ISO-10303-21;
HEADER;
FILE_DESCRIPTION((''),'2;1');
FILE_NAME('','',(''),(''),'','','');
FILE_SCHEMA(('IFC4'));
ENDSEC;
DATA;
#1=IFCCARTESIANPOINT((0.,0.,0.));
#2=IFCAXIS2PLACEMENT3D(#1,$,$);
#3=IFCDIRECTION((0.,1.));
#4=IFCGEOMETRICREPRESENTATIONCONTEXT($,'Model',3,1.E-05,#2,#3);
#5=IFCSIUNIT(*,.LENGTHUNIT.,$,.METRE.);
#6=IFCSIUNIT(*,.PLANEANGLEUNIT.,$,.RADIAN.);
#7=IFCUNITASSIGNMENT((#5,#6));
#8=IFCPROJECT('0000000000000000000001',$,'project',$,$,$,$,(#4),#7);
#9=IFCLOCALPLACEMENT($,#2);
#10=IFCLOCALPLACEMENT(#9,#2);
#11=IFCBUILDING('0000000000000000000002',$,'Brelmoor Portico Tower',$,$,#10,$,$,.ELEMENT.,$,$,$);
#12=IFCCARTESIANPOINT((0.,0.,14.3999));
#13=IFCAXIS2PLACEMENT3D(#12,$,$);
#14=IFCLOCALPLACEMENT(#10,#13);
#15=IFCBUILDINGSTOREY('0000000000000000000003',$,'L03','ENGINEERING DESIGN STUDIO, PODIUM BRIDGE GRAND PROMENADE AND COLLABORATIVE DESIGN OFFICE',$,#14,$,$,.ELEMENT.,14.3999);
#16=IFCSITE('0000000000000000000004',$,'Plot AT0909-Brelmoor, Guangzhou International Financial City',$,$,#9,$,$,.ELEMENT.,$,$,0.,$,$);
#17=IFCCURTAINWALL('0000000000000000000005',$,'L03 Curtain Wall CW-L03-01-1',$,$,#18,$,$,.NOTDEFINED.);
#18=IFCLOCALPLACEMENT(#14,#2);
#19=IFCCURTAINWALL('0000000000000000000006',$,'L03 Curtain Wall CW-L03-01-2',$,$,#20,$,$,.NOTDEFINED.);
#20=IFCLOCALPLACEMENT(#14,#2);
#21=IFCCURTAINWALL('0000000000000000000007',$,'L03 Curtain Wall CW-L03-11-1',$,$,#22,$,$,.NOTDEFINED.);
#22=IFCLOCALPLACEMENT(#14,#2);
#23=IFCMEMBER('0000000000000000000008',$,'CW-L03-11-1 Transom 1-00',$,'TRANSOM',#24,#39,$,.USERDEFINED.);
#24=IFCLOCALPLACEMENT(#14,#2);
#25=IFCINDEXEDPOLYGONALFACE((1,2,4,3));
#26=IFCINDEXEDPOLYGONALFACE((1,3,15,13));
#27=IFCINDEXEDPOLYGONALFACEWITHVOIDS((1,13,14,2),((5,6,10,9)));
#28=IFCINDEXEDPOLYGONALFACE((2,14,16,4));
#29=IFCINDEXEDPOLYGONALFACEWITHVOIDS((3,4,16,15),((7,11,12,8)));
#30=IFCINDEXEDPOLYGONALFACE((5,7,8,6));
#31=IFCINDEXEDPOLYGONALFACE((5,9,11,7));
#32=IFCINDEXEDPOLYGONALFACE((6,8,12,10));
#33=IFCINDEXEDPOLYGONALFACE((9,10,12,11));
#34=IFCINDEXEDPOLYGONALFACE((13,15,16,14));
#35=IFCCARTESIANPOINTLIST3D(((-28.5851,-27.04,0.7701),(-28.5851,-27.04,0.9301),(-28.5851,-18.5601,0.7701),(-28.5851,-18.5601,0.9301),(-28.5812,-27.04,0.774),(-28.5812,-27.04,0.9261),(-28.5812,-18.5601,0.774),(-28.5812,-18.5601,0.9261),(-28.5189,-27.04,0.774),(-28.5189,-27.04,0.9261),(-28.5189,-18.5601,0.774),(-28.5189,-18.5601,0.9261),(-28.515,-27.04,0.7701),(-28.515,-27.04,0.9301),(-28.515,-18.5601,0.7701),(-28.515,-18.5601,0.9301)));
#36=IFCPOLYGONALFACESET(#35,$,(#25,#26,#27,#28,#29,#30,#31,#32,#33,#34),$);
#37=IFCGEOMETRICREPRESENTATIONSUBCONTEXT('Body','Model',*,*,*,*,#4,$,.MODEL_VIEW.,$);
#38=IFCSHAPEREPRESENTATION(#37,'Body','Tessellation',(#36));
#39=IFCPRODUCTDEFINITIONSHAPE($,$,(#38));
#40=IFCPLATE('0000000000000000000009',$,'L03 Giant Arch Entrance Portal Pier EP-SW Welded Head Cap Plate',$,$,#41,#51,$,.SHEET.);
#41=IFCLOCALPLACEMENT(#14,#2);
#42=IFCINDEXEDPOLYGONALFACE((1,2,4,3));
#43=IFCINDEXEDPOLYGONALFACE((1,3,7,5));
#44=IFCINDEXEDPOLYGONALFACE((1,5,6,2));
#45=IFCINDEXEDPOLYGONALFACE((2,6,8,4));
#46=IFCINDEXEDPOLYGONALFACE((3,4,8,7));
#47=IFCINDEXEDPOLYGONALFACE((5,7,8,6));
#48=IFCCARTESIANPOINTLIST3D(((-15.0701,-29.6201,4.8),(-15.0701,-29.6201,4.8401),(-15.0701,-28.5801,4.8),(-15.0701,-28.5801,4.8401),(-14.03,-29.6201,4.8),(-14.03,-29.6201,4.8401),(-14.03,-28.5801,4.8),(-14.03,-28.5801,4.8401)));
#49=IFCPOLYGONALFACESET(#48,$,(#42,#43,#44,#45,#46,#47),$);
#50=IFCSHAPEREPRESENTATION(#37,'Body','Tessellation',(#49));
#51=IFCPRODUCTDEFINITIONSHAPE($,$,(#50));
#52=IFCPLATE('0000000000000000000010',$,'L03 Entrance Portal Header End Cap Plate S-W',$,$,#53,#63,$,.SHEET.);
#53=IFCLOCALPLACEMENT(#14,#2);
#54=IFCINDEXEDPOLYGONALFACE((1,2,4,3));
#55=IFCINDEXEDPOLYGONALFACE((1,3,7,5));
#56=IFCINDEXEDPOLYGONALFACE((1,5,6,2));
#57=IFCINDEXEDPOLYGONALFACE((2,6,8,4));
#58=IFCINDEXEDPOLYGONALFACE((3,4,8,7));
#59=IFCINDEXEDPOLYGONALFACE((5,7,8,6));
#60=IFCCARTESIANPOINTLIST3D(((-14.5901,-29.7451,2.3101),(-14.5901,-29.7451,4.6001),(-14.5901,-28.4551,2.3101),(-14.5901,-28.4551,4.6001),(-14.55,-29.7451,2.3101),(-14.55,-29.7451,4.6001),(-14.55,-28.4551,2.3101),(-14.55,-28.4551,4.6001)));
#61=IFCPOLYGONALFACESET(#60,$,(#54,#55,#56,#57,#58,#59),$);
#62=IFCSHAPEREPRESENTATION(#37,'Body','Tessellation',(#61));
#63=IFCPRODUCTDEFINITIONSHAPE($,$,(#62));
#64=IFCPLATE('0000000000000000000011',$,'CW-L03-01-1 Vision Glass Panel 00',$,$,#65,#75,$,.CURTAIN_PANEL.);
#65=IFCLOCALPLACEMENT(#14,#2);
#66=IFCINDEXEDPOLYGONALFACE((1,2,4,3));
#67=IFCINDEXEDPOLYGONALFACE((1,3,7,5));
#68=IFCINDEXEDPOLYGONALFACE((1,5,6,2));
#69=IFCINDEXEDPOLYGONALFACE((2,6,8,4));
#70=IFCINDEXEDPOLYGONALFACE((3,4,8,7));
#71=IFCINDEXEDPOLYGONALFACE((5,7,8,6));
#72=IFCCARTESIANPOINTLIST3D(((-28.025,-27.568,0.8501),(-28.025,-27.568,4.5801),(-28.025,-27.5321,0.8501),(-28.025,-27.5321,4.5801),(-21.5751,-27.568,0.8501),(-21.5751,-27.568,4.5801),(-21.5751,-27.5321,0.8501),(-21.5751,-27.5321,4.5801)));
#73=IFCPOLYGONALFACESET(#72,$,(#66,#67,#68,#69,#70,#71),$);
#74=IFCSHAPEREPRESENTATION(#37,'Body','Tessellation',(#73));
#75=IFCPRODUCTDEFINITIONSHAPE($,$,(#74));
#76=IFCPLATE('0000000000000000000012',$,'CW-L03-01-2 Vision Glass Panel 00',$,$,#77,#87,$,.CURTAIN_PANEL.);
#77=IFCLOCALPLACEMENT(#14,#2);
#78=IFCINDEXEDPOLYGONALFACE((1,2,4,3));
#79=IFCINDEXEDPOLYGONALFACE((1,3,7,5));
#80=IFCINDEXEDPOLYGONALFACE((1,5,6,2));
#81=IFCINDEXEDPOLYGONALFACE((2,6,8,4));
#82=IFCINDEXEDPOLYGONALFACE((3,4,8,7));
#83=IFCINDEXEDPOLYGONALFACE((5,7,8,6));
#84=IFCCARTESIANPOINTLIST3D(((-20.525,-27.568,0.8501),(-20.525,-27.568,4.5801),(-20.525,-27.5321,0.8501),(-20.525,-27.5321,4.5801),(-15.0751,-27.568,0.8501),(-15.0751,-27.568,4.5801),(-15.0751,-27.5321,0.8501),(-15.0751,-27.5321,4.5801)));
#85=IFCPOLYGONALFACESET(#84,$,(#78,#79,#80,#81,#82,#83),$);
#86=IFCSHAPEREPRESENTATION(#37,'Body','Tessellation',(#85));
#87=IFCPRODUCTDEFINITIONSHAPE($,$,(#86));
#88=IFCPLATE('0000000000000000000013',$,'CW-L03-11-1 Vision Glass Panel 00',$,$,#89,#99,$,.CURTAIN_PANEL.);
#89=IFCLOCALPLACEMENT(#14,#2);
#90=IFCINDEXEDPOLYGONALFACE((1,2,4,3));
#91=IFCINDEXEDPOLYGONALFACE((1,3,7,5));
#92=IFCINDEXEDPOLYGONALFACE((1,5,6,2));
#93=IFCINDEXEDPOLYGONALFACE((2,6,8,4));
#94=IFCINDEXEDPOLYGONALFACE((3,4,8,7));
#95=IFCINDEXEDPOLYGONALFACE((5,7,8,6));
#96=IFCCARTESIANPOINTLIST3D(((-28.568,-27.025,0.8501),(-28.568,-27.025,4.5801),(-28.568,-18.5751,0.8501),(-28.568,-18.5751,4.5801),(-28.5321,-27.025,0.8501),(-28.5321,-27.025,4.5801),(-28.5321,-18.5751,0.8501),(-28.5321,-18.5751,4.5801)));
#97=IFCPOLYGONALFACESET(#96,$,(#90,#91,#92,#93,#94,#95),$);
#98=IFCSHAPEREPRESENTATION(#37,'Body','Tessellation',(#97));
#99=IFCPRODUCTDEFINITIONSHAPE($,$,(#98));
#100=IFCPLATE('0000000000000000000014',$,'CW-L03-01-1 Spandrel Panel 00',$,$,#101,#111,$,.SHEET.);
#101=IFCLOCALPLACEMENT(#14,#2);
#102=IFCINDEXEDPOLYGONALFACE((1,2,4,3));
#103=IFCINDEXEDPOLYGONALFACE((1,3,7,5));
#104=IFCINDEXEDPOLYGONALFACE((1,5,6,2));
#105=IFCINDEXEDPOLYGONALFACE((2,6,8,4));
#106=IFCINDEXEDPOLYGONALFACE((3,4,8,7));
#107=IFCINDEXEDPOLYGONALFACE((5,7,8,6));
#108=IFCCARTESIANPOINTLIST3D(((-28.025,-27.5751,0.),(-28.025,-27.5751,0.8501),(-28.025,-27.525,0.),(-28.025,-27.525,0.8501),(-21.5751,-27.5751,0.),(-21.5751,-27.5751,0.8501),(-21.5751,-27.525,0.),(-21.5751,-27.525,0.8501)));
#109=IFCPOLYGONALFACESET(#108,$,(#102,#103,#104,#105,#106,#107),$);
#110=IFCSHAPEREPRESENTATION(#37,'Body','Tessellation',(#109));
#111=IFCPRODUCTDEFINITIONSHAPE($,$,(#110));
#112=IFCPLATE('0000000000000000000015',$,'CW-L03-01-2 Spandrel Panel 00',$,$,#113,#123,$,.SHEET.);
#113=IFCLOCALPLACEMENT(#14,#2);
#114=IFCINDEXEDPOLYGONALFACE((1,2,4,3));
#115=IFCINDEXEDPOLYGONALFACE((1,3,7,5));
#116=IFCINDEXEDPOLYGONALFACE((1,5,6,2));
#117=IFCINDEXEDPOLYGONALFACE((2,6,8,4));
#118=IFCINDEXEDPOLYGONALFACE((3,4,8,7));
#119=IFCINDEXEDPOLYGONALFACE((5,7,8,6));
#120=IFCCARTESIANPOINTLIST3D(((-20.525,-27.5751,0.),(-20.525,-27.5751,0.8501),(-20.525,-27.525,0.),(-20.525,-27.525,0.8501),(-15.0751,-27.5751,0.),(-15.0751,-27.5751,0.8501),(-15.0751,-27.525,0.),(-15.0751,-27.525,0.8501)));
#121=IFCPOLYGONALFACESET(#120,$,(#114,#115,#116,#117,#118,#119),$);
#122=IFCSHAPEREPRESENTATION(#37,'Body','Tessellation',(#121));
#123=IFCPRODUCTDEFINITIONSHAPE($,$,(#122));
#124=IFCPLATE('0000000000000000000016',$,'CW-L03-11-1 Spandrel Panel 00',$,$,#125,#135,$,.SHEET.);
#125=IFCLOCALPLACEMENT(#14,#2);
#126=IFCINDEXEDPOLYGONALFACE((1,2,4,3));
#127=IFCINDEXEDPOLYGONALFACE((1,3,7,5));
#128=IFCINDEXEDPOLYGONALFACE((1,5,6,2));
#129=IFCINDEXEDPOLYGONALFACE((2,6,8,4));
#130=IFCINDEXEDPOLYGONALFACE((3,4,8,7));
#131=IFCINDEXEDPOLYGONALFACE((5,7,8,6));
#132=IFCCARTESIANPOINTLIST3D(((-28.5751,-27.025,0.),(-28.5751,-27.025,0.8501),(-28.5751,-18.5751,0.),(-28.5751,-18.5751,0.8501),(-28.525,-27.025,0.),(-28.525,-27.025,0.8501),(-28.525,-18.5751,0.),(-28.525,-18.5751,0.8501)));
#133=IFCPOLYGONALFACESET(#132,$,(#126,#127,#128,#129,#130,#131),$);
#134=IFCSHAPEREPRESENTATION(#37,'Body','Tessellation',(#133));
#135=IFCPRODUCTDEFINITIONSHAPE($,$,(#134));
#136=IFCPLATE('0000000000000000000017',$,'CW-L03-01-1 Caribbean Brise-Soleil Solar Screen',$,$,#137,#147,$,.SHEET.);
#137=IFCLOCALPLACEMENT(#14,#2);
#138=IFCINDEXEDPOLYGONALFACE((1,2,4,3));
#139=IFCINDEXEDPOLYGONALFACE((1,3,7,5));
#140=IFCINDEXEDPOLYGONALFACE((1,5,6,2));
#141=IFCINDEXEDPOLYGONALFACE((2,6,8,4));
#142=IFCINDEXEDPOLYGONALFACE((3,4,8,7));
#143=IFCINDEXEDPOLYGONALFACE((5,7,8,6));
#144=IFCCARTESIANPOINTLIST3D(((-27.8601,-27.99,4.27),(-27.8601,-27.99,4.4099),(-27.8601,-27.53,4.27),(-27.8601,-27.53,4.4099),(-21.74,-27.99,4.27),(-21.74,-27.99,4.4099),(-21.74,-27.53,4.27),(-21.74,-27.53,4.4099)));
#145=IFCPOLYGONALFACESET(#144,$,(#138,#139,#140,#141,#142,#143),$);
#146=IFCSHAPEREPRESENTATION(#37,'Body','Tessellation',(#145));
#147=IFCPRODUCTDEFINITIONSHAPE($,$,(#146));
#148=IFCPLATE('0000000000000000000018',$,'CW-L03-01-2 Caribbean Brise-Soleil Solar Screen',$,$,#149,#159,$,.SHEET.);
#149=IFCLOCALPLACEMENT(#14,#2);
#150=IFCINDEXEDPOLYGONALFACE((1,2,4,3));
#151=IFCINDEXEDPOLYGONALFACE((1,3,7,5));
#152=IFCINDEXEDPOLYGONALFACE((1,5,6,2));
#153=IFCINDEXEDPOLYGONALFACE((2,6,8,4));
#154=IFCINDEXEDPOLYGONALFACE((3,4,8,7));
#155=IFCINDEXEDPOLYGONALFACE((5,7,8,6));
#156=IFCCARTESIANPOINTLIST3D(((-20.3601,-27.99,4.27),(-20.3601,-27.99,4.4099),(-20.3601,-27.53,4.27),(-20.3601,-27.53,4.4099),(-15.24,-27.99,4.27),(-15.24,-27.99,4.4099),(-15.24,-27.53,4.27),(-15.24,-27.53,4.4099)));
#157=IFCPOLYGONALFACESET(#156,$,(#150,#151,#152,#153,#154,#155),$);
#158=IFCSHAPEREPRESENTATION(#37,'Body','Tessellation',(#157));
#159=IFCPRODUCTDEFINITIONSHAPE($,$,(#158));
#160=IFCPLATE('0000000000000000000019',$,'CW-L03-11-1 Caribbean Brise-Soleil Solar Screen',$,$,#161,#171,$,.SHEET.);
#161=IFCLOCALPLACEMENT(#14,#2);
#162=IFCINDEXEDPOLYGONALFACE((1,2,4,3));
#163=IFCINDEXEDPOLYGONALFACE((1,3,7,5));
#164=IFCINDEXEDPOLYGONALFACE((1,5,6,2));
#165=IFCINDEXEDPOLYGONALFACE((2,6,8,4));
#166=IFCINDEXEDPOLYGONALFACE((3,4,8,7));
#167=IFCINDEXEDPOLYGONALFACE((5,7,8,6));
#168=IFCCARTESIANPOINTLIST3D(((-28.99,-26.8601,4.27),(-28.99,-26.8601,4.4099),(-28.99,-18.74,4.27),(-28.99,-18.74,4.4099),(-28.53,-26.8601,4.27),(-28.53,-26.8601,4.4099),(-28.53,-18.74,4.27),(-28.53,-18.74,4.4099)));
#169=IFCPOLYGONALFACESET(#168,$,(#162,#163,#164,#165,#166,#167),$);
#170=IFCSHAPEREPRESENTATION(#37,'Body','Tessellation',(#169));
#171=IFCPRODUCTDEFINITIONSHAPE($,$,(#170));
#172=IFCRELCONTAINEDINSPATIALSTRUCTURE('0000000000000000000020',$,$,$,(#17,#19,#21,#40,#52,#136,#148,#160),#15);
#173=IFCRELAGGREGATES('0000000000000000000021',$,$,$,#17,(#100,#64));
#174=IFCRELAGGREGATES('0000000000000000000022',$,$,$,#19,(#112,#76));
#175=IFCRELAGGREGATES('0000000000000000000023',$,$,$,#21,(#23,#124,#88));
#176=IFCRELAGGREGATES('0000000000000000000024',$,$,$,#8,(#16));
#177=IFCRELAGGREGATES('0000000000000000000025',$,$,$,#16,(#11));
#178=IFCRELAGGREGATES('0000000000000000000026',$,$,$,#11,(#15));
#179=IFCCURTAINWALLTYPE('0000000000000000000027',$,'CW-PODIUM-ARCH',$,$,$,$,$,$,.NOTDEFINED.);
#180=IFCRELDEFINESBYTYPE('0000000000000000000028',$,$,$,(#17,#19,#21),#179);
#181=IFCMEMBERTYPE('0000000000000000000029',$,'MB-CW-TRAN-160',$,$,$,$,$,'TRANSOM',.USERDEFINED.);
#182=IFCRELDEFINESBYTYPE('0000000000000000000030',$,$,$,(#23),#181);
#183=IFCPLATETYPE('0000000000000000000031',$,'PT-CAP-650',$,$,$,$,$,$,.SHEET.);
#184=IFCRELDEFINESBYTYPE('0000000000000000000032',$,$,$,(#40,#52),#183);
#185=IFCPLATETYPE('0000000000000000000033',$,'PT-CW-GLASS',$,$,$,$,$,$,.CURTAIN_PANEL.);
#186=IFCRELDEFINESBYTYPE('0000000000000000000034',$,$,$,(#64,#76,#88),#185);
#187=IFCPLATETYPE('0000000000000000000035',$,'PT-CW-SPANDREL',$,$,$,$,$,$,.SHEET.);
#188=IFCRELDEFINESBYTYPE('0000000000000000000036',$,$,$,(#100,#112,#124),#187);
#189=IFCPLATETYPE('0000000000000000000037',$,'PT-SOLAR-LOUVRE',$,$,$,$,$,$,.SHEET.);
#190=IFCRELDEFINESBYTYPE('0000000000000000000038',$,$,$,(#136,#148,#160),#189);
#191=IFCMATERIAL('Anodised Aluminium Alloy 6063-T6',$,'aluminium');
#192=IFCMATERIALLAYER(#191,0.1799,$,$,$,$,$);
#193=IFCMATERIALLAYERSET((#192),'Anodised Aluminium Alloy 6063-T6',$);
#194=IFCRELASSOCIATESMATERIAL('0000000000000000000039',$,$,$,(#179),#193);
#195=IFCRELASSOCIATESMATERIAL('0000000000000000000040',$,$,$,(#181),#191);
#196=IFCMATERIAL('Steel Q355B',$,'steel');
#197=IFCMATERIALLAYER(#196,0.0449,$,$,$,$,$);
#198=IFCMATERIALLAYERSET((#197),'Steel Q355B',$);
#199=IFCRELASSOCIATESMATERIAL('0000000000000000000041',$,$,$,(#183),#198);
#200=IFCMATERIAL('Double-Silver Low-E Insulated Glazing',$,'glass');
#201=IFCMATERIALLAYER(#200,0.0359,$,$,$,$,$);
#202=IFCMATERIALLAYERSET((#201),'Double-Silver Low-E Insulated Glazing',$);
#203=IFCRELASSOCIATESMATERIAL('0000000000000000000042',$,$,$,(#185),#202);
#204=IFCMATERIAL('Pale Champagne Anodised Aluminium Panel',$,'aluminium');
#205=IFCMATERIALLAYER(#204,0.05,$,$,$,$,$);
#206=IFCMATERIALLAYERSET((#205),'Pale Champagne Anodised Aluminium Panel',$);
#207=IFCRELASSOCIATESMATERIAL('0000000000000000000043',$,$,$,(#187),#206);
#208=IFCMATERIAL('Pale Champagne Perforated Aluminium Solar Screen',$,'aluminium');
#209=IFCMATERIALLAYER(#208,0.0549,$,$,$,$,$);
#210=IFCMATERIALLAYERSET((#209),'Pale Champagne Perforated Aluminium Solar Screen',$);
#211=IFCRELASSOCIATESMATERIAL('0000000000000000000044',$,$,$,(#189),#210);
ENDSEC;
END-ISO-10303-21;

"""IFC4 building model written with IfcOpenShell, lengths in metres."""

from ifc_helpers import new_model, si_unit, direction, frame, origin, origin_2d, place, context, subcontext, project, spatial, rectangle, hollow_rectangle, extrude, material, layer, layer_set, material_profile, profile_set, type_object, element, aggregate, save


model = new_model("IFC4")

# Units and contexts
model_context = context("Model", 3, precision=1e-05, world=origin(), true_north=direction((0.0, 1.0)))
body_context = subcontext(model_context, "Body", "Model", "MODEL_VIEW")
ifc_project = project(units=[si_unit("LENGTHUNIT", "METRE"), si_unit("PLANEANGLEUNIT", "RADIAN")], contexts=[model_context])

# Site, building, storey
site_placement = place(None, origin())
site = spatial("IfcSite", under=ifc_project, at=site_placement, Name="Plot AT0909-Brelmoor, Guangzhou International Financial City", CompositionType="ELEMENT", RefElevation=0.0)
building_placement = place(site_placement, origin())
building = spatial("IfcBuilding", under=site, at=building_placement, Name="Brelmoor Portico Tower", CompositionType="ELEMENT")
storey_placement = place(building_placement, frame((0.0, 0.0, 14.3999)))
storey = spatial("IfcBuildingStorey", under=building, at=storey_placement, Name="L03", Description="ENGINEERING DESIGN STUDIO, PODIUM BRIDGE GRAND PROMENADE AND COLLABORATIVE DESIGN OFFICE", CompositionType="ELEMENT", Elevation=14.3999)

# Shared definitions
ifc_material_1 = material(Name="Steel Q355B", Category="steel")

# Curtain walls
ifc_material_2 = material(Name="Anodised Aluminium Alloy 6063-T6", Category="aluminium")
ifc_layer_1 = layer(ifc_material_2, 0.1799)
ifc_layer_set_1 = layer_set([ifc_layer_1], Name="Anodised Aluminium Alloy 6063-T6")
curtain_wall_type = type_object("IfcCurtainWallType", Name="CW-PODIUM-ARCH", PredefinedType="NOTDEFINED", material=ifc_layer_set_1)
curtain_wall_1_placement = place(storey_placement, origin())
curtain_wall_1 = element("IfcCurtainWall", 1, at=curtain_wall_1_placement, inside=storey, type_object=curtain_wall_type, Name="L03 Curtain Wall CW-L03-01-1", PredefinedType="NOTDEFINED")
curtain_wall_2_placement = place(storey_placement, origin())
curtain_wall_2 = element("IfcCurtainWall", 2, at=curtain_wall_2_placement, inside=storey, type_object=curtain_wall_type, Name="L03 Curtain Wall CW-L03-01-2", PredefinedType="NOTDEFINED")
curtain_wall_3_placement = place(storey_placement, origin())
curtain_wall_3 = element("IfcCurtainWall", 3, at=curtain_wall_3_placement, inside=storey, type_object=curtain_wall_type, Name="L03 Curtain Wall CW-L03-11-1", PredefinedType="NOTDEFINED")

# Member
ifc_material_profile_1 = material_profile(ifc_material_2, hollow_rectangle(XDim=0.0701, YDim=0.1599, WallThickness=0.0039, at=origin_2d()), Name="ALU TRANSOM 70x160")
ifc_profile_set_1 = profile_set([ifc_material_profile_1], Name="Anodised Aluminium Alloy 6063-T6")
member_type_1 = type_object("IfcMemberType", Name="MB-CW-TRAN-160", ElementType="TRANSOM", PredefinedType="USERDEFINED", material=ifc_profile_set_1)
member_1_placement = place(storey_placement, frame((-28.55, -27.04, 0.8501), z_axis=(0.0, 1.0, 0.0), x_axis=(-1.0, 0.0, 0.0)))
member_1 = element("IfcMember", 4, at=member_1_placement, type_object=member_type_1, Name="CW-L03-11-1 Transom 1-00", ObjectType="TRANSOM", PredefinedType="USERDEFINED", context=body_context, shape_type="SweptSolid", body=[
    extrude(hollow_rectangle(XDim=0.0701, YDim=0.1599, WallThickness=0.0039, at=origin_2d()), origin(), (0.0, 0.0, 1.0), 8.48),
])

# Plates
ifc_layer_2 = layer(ifc_material_1, 0.0449)
ifc_layer_set_2 = layer_set([ifc_layer_2], Name="Steel Q355B")
plate_type_1 = type_object("IfcPlateType", Name="PT-CAP-650", PredefinedType="SHEET", material=ifc_layer_set_2)
plate_1_placement = place(storey_placement, frame((-14.55, -29.1001, 4.8), z_axis=(0.0, 0.0, 1.0), x_axis=(1.0, 0.0, 0.0)))
element("IfcPlate", 5, at=plate_1_placement, inside=storey, type_object=plate_type_1, Name="L03 Giant Arch Entrance Portal Pier EP-SW Welded Head Cap Plate", PredefinedType="SHEET", context=body_context, shape_type="SweptSolid", body=[
    extrude(rectangle(XDim=1.04, YDim=1.04, at=origin_2d()), origin(), (0.0, 0.0, 1.0), 0.04),
])
plate_2_placement = place(storey_placement, frame((-14.5701, -29.1001, 2.3101), z_axis=(0.0, 0.0, 1.0), x_axis=(1.0, 0.0, 0.0)))
element("IfcPlate", 6, at=plate_2_placement, inside=storey, type_object=plate_type_1, Name="L03 Entrance Portal Header End Cap Plate S-W", PredefinedType="SHEET", context=body_context, shape_type="SweptSolid", body=[
    extrude(rectangle(XDim=0.04, YDim=1.29, at=origin_2d()), origin(), (0.0, 0.0, 1.0), 2.29),
])

# Plates
ifc_material_3 = material(Name="Double-Silver Low-E Insulated Glazing", Category="glass")
ifc_layer_3 = layer(ifc_material_3, 0.0359)
ifc_layer_set_3 = layer_set([ifc_layer_3], Name="Double-Silver Low-E Insulated Glazing")
plate_type_2 = type_object("IfcPlateType", Name="PT-CW-GLASS", PredefinedType="CURTAIN_PANEL", material=ifc_layer_set_3)
plate_3_placement = place(storey_placement, frame((-24.8, -27.55, 0.8501), z_axis=(0.0, 0.0, 1.0), x_axis=(1.0, 0.0, 0.0)))
plate_3 = element("IfcPlate", 7, at=plate_3_placement, type_object=plate_type_2, Name="CW-L03-01-1 Vision Glass Panel 00", PredefinedType="CURTAIN_PANEL", context=body_context, shape_type="SweptSolid", body=[
    extrude(rectangle(XDim=6.45, YDim=0.0359, at=origin_2d()), origin(), (0.0, 0.0, 1.0), 3.73),
])
plate_4_placement = place(storey_placement, frame((-17.8, -27.55, 0.8501), z_axis=(0.0, 0.0, 1.0), x_axis=(1.0, 0.0, 0.0)))
plate_4 = element("IfcPlate", 8, at=plate_4_placement, type_object=plate_type_2, Name="CW-L03-01-2 Vision Glass Panel 00", PredefinedType="CURTAIN_PANEL", context=body_context, shape_type="SweptSolid", body=[
    extrude(rectangle(XDim=5.45, YDim=0.0359, at=origin_2d()), origin(), (0.0, 0.0, 1.0), 3.73),
])
plate_5_placement = place(storey_placement, frame((-28.55, -22.8, 0.8501), z_axis=(0.0, 0.0, 1.0), x_axis=(0.0, 1.0, 0.0)))
plate_5 = element("IfcPlate", 9, at=plate_5_placement, type_object=plate_type_2, Name="CW-L03-11-1 Vision Glass Panel 00", PredefinedType="CURTAIN_PANEL", context=body_context, shape_type="SweptSolid", body=[
    extrude(rectangle(XDim=8.45, YDim=0.0359, at=origin_2d()), origin(), (0.0, 0.0, 1.0), 3.73),
])
ifc_material_4 = material(Name="Pale Champagne Anodised Aluminium Panel", Category="aluminium")
ifc_layer_4 = layer(ifc_material_4, 0.05)
ifc_layer_set_4 = layer_set([ifc_layer_4], Name="Pale Champagne Anodised Aluminium Panel")
plate_type_3 = type_object("IfcPlateType", Name="PT-CW-SPANDREL", PredefinedType="SHEET", material=ifc_layer_set_4)
plate_6_placement = place(storey_placement, frame((-24.8, -27.55, 0.0), z_axis=(0.0, 0.0, 1.0), x_axis=(1.0, 0.0, 0.0)))
plate_6 = element("IfcPlate", 10, at=plate_6_placement, type_object=plate_type_3, Name="CW-L03-01-1 Spandrel Panel 00", PredefinedType="SHEET", context=body_context, shape_type="SweptSolid", body=[
    extrude(rectangle(XDim=6.45, YDim=0.05, at=origin_2d()), origin(), (0.0, 0.0, 1.0), 0.8501),
])
aggregate(curtain_wall_1, [plate_6, plate_3])
plate_7_placement = place(storey_placement, frame((-17.8, -27.55, 0.0), z_axis=(0.0, 0.0, 1.0), x_axis=(1.0, 0.0, 0.0)))
plate_7 = element("IfcPlate", 11, at=plate_7_placement, type_object=plate_type_3, Name="CW-L03-01-2 Spandrel Panel 00", PredefinedType="SHEET", context=body_context, shape_type="SweptSolid", body=[
    extrude(rectangle(XDim=5.45, YDim=0.05, at=origin_2d()), origin(), (0.0, 0.0, 1.0), 0.8501),
])
aggregate(curtain_wall_2, [plate_7, plate_4])
plate_8_placement = place(storey_placement, frame((-28.55, -22.8, 0.0), z_axis=(0.0, 0.0, 1.0), x_axis=(0.0, 1.0, 0.0)))
plate_8 = element("IfcPlate", 12, at=plate_8_placement, type_object=plate_type_3, Name="CW-L03-11-1 Spandrel Panel 00", PredefinedType="SHEET", context=body_context, shape_type="SweptSolid", body=[
    extrude(rectangle(XDim=8.45, YDim=0.05, at=origin_2d()), origin(), (0.0, 0.0, 1.0), 0.8501),
])
aggregate(curtain_wall_3, [member_1, plate_8, plate_5])

# Plates
ifc_material_5 = material(Name="Pale Champagne Perforated Aluminium Solar Screen", Category="aluminium")
ifc_layer_5 = layer(ifc_material_5, 0.0549)
ifc_layer_set_5 = layer_set([ifc_layer_5], Name="Pale Champagne Perforated Aluminium Solar Screen")
plate_type_4 = type_object("IfcPlateType", Name="PT-SOLAR-LOUVRE", PredefinedType="SHEET", material=ifc_layer_set_5)
plate_9_placement = place(storey_placement, frame((-24.8, -27.76, 4.27), z_axis=(0.0, 0.0, 1.0), x_axis=(1.0, 0.0, 0.0)))
element("IfcPlate", 13, at=plate_9_placement, inside=storey, type_object=plate_type_4, Name="CW-L03-01-1 Caribbean Brise-Soleil Solar Screen", PredefinedType="SHEET", context=body_context, shape_type="SweptSolid", body=[
    extrude(rectangle(XDim=6.1201, YDim=0.46, at=origin_2d()), origin(), (0.0, 0.0, 1.0), 0.1399),
])
plate_10_placement = place(storey_placement, frame((-17.8, -27.76, 4.27), z_axis=(0.0, 0.0, 1.0), x_axis=(1.0, 0.0, 0.0)))
element("IfcPlate", 14, at=plate_10_placement, inside=storey, type_object=plate_type_4, Name="CW-L03-01-2 Caribbean Brise-Soleil Solar Screen", PredefinedType="SHEET", context=body_context, shape_type="SweptSolid", body=[
    extrude(rectangle(XDim=5.1201, YDim=0.46, at=origin_2d()), origin(), (0.0, 0.0, 1.0), 0.1399),
])
plate_11_placement = place(storey_placement, frame((-28.76, -22.8, 4.27), z_axis=(0.0, 0.0, 1.0), x_axis=(0.0, 1.0, 0.0)))
element("IfcPlate", 15, at=plate_11_placement, inside=storey, type_object=plate_type_4, Name="CW-L03-11-1 Caribbean Brise-Soleil Solar Screen", PredefinedType="SHEET", context=body_context, shape_type="SweptSolid", body=[
    extrude(rectangle(XDim=8.1201, YDim=0.46, at=origin_2d()), origin(), (0.0, 0.0, 1.0), 0.1399),
])

save(model, "model.ifc")
